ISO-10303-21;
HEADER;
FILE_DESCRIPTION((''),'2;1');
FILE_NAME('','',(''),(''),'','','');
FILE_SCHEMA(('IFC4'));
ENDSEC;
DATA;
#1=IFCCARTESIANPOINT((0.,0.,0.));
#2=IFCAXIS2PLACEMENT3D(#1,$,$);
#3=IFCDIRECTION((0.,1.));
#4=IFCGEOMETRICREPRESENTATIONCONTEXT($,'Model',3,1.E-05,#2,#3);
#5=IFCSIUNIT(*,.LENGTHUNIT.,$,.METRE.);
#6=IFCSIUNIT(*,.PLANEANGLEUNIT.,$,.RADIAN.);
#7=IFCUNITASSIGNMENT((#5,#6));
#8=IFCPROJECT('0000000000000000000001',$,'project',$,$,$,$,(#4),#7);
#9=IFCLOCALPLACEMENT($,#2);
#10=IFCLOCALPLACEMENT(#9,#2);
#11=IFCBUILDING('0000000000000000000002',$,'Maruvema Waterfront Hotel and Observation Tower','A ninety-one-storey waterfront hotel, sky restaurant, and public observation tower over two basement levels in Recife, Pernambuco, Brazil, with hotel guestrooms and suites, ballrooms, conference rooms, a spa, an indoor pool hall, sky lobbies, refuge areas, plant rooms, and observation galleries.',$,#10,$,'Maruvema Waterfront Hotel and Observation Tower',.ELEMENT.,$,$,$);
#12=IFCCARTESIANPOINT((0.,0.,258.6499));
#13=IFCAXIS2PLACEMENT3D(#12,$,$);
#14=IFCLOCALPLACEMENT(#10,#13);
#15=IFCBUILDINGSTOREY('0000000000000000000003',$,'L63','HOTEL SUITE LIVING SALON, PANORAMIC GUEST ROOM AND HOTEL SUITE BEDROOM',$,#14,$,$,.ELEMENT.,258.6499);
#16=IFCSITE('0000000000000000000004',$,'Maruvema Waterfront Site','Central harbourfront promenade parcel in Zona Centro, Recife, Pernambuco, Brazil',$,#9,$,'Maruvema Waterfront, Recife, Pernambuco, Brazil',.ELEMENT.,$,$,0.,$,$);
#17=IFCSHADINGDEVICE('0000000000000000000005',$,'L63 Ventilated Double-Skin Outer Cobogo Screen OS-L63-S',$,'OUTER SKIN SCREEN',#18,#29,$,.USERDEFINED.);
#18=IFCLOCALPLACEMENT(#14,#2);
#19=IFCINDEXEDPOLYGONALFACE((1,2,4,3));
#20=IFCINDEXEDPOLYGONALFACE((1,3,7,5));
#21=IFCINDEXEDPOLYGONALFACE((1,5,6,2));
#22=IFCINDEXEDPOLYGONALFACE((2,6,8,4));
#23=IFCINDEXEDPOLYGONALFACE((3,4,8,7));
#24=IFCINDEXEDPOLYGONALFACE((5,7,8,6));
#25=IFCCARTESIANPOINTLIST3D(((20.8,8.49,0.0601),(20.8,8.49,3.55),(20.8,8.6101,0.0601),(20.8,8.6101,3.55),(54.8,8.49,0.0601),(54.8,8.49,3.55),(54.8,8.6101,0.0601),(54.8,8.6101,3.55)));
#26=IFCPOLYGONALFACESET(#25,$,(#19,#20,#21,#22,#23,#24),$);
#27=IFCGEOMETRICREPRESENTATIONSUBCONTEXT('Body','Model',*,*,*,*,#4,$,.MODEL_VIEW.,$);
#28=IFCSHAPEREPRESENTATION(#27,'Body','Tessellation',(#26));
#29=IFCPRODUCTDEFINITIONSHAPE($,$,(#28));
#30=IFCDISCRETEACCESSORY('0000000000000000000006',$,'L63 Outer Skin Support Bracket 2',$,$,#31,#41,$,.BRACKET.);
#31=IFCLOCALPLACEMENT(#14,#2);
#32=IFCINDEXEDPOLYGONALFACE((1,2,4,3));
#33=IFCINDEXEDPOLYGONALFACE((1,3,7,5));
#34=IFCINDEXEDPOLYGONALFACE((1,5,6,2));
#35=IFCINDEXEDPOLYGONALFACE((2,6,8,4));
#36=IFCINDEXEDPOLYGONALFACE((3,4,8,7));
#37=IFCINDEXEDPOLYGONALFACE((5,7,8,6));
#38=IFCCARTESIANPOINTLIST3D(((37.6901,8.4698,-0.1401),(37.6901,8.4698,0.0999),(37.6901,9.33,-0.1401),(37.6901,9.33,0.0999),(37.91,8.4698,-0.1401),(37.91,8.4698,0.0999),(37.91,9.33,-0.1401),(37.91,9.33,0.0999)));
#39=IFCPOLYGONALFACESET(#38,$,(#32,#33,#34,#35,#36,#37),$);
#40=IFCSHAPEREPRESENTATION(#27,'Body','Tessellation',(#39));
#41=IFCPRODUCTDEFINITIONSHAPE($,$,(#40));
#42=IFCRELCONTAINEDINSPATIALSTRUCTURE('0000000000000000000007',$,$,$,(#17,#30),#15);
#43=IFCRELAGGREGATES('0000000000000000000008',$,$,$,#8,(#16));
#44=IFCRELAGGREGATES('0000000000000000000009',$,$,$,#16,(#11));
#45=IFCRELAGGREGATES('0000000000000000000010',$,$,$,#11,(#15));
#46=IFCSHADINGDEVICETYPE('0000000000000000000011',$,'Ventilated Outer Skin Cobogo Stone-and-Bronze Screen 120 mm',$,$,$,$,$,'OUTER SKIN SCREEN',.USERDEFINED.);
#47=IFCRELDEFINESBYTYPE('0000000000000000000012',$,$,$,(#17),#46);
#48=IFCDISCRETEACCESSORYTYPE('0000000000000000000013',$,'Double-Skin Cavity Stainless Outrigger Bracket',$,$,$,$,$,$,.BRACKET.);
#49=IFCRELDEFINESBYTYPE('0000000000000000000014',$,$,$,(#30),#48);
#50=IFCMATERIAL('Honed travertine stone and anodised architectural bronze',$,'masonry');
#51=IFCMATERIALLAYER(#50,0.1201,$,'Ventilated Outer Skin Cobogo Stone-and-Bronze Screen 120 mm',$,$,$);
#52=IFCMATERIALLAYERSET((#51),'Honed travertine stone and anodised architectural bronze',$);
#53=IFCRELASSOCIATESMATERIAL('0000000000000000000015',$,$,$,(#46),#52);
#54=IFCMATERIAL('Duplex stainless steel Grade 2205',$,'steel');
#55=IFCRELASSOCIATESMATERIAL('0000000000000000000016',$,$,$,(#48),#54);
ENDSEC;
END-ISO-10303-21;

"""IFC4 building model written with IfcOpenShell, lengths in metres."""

from ifc_helpers import new_model, si_unit, direction, frame, origin, origin_2d, place, context, subcontext, project, spatial, rectangle, extrude, material, layer, layer_set, type_object, element, save


model = new_model("IFC4")

# Units and contexts
model_context = context("Model", 3, precision=1e-05, world=origin(), true_north=direction((0.0, 1.0)))
body_context = subcontext(model_context, "Body", "Model", "MODEL_VIEW")
ifc_project = project(units=[si_unit("LENGTHUNIT", "METRE"), si_unit("PLANEANGLEUNIT", "RADIAN")], contexts=[model_context])

# Site, building, storey
site_placement = place(None, origin())
site = spatial("IfcSite", under=ifc_project, at=site_placement, Name="Maruvema Waterfront Site", Description="Central harbourfront promenade parcel in Zona Centro, Recife, Pernambuco, Brazil", LongName="Maruvema Waterfront, Recife, Pernambuco, Brazil", CompositionType="ELEMENT", RefElevation=0.0)
building_placement = place(site_placement, origin())
building = spatial("IfcBuilding", under=site, at=building_placement, Name="Maruvema Waterfront Hotel and Observation Tower", Description="A ninety-one-storey waterfront hotel, sky restaurant, and public observation tower over two basement levels in Recife, Pernambuco, Brazil, with hotel guestrooms and suites, ballrooms, conference rooms, a spa, an indoor pool hall, sky lobbies, refuge areas, plant rooms, and observation galleries.", LongName="Maruvema Waterfront Hotel and Observation Tower", CompositionType="ELEMENT")
storey_placement = place(building_placement, frame((0.0, 0.0, 258.6499)))
storey = spatial("IfcBuildingStorey", under=building, at=storey_placement, Name="L63", Description="HOTEL SUITE LIVING SALON, PANORAMIC GUEST ROOM AND HOTEL SUITE BEDROOM", CompositionType="ELEMENT", Elevation=258.6499)

# Shading device
ifc_material_1 = material(Name="Honed travertine stone and anodised architectural bronze", Category="masonry")
ifc_layer_1 = layer(ifc_material_1, 0.1201, Name="Ventilated Outer Skin Cobogo Stone-and-Bronze Screen 120 mm")
ifc_layer_set_1 = layer_set([ifc_layer_1], Name="Honed travertine stone and anodised architectural bronze")
shading_device_type = type_object("IfcShadingDeviceType", Name="Ventilated Outer Skin Cobogo Stone-and-Bronze Screen 120 mm", ElementType="OUTER SKIN SCREEN", PredefinedType="USERDEFINED", material=ifc_layer_set_1)
shading_device_placement = place(storey_placement, frame((37.8, 8.55, 0.0601), z_axis=(0.0, 0.0, 1.0), x_axis=(1.0, 0.0, 0.0)))
element("IfcShadingDevice", 1, at=shading_device_placement, inside=storey, type_object=shading_device_type, Name="L63 Ventilated Double-Skin Outer Cobogo Screen OS-L63-S", ObjectType="OUTER SKIN SCREEN", PredefinedType="USERDEFINED", context=body_context, shape_type="SweptSolid", body=[
    extrude(rectangle(XDim=34.0, YDim=0.1201, at=origin_2d()), origin(), (0.0, 0.0, 1.0), 3.49),
])

# Discrete accessory
ifc_material_2 = material(Name="Duplex stainless steel Grade 2205", Category="steel")
discrete_accessory_type = type_object("IfcDiscreteAccessoryType", Name="Double-Skin Cavity Stainless Outrigger Bracket", PredefinedType="BRACKET", material=ifc_material_2)
discrete_accessory_placement = place(storey_placement, frame((37.8, 8.8999, -0.1401), z_axis=(0.0, 0.0, 1.0), x_axis=(1.0, 0.0, 0.0)))
element("IfcDiscreteAccessory", 2, at=discrete_accessory_placement, inside=storey, type_object=discrete_accessory_type, Name="L63 Outer Skin Support Bracket 2", PredefinedType="BRACKET", context=body_context, shape_type="SweptSolid", body=[
    extrude(rectangle(XDim=0.22, YDim=0.8601, at=origin_2d()), origin(), (0.0, 0.0, 1.0), 0.24),
])

save(model, "model.ifc")
